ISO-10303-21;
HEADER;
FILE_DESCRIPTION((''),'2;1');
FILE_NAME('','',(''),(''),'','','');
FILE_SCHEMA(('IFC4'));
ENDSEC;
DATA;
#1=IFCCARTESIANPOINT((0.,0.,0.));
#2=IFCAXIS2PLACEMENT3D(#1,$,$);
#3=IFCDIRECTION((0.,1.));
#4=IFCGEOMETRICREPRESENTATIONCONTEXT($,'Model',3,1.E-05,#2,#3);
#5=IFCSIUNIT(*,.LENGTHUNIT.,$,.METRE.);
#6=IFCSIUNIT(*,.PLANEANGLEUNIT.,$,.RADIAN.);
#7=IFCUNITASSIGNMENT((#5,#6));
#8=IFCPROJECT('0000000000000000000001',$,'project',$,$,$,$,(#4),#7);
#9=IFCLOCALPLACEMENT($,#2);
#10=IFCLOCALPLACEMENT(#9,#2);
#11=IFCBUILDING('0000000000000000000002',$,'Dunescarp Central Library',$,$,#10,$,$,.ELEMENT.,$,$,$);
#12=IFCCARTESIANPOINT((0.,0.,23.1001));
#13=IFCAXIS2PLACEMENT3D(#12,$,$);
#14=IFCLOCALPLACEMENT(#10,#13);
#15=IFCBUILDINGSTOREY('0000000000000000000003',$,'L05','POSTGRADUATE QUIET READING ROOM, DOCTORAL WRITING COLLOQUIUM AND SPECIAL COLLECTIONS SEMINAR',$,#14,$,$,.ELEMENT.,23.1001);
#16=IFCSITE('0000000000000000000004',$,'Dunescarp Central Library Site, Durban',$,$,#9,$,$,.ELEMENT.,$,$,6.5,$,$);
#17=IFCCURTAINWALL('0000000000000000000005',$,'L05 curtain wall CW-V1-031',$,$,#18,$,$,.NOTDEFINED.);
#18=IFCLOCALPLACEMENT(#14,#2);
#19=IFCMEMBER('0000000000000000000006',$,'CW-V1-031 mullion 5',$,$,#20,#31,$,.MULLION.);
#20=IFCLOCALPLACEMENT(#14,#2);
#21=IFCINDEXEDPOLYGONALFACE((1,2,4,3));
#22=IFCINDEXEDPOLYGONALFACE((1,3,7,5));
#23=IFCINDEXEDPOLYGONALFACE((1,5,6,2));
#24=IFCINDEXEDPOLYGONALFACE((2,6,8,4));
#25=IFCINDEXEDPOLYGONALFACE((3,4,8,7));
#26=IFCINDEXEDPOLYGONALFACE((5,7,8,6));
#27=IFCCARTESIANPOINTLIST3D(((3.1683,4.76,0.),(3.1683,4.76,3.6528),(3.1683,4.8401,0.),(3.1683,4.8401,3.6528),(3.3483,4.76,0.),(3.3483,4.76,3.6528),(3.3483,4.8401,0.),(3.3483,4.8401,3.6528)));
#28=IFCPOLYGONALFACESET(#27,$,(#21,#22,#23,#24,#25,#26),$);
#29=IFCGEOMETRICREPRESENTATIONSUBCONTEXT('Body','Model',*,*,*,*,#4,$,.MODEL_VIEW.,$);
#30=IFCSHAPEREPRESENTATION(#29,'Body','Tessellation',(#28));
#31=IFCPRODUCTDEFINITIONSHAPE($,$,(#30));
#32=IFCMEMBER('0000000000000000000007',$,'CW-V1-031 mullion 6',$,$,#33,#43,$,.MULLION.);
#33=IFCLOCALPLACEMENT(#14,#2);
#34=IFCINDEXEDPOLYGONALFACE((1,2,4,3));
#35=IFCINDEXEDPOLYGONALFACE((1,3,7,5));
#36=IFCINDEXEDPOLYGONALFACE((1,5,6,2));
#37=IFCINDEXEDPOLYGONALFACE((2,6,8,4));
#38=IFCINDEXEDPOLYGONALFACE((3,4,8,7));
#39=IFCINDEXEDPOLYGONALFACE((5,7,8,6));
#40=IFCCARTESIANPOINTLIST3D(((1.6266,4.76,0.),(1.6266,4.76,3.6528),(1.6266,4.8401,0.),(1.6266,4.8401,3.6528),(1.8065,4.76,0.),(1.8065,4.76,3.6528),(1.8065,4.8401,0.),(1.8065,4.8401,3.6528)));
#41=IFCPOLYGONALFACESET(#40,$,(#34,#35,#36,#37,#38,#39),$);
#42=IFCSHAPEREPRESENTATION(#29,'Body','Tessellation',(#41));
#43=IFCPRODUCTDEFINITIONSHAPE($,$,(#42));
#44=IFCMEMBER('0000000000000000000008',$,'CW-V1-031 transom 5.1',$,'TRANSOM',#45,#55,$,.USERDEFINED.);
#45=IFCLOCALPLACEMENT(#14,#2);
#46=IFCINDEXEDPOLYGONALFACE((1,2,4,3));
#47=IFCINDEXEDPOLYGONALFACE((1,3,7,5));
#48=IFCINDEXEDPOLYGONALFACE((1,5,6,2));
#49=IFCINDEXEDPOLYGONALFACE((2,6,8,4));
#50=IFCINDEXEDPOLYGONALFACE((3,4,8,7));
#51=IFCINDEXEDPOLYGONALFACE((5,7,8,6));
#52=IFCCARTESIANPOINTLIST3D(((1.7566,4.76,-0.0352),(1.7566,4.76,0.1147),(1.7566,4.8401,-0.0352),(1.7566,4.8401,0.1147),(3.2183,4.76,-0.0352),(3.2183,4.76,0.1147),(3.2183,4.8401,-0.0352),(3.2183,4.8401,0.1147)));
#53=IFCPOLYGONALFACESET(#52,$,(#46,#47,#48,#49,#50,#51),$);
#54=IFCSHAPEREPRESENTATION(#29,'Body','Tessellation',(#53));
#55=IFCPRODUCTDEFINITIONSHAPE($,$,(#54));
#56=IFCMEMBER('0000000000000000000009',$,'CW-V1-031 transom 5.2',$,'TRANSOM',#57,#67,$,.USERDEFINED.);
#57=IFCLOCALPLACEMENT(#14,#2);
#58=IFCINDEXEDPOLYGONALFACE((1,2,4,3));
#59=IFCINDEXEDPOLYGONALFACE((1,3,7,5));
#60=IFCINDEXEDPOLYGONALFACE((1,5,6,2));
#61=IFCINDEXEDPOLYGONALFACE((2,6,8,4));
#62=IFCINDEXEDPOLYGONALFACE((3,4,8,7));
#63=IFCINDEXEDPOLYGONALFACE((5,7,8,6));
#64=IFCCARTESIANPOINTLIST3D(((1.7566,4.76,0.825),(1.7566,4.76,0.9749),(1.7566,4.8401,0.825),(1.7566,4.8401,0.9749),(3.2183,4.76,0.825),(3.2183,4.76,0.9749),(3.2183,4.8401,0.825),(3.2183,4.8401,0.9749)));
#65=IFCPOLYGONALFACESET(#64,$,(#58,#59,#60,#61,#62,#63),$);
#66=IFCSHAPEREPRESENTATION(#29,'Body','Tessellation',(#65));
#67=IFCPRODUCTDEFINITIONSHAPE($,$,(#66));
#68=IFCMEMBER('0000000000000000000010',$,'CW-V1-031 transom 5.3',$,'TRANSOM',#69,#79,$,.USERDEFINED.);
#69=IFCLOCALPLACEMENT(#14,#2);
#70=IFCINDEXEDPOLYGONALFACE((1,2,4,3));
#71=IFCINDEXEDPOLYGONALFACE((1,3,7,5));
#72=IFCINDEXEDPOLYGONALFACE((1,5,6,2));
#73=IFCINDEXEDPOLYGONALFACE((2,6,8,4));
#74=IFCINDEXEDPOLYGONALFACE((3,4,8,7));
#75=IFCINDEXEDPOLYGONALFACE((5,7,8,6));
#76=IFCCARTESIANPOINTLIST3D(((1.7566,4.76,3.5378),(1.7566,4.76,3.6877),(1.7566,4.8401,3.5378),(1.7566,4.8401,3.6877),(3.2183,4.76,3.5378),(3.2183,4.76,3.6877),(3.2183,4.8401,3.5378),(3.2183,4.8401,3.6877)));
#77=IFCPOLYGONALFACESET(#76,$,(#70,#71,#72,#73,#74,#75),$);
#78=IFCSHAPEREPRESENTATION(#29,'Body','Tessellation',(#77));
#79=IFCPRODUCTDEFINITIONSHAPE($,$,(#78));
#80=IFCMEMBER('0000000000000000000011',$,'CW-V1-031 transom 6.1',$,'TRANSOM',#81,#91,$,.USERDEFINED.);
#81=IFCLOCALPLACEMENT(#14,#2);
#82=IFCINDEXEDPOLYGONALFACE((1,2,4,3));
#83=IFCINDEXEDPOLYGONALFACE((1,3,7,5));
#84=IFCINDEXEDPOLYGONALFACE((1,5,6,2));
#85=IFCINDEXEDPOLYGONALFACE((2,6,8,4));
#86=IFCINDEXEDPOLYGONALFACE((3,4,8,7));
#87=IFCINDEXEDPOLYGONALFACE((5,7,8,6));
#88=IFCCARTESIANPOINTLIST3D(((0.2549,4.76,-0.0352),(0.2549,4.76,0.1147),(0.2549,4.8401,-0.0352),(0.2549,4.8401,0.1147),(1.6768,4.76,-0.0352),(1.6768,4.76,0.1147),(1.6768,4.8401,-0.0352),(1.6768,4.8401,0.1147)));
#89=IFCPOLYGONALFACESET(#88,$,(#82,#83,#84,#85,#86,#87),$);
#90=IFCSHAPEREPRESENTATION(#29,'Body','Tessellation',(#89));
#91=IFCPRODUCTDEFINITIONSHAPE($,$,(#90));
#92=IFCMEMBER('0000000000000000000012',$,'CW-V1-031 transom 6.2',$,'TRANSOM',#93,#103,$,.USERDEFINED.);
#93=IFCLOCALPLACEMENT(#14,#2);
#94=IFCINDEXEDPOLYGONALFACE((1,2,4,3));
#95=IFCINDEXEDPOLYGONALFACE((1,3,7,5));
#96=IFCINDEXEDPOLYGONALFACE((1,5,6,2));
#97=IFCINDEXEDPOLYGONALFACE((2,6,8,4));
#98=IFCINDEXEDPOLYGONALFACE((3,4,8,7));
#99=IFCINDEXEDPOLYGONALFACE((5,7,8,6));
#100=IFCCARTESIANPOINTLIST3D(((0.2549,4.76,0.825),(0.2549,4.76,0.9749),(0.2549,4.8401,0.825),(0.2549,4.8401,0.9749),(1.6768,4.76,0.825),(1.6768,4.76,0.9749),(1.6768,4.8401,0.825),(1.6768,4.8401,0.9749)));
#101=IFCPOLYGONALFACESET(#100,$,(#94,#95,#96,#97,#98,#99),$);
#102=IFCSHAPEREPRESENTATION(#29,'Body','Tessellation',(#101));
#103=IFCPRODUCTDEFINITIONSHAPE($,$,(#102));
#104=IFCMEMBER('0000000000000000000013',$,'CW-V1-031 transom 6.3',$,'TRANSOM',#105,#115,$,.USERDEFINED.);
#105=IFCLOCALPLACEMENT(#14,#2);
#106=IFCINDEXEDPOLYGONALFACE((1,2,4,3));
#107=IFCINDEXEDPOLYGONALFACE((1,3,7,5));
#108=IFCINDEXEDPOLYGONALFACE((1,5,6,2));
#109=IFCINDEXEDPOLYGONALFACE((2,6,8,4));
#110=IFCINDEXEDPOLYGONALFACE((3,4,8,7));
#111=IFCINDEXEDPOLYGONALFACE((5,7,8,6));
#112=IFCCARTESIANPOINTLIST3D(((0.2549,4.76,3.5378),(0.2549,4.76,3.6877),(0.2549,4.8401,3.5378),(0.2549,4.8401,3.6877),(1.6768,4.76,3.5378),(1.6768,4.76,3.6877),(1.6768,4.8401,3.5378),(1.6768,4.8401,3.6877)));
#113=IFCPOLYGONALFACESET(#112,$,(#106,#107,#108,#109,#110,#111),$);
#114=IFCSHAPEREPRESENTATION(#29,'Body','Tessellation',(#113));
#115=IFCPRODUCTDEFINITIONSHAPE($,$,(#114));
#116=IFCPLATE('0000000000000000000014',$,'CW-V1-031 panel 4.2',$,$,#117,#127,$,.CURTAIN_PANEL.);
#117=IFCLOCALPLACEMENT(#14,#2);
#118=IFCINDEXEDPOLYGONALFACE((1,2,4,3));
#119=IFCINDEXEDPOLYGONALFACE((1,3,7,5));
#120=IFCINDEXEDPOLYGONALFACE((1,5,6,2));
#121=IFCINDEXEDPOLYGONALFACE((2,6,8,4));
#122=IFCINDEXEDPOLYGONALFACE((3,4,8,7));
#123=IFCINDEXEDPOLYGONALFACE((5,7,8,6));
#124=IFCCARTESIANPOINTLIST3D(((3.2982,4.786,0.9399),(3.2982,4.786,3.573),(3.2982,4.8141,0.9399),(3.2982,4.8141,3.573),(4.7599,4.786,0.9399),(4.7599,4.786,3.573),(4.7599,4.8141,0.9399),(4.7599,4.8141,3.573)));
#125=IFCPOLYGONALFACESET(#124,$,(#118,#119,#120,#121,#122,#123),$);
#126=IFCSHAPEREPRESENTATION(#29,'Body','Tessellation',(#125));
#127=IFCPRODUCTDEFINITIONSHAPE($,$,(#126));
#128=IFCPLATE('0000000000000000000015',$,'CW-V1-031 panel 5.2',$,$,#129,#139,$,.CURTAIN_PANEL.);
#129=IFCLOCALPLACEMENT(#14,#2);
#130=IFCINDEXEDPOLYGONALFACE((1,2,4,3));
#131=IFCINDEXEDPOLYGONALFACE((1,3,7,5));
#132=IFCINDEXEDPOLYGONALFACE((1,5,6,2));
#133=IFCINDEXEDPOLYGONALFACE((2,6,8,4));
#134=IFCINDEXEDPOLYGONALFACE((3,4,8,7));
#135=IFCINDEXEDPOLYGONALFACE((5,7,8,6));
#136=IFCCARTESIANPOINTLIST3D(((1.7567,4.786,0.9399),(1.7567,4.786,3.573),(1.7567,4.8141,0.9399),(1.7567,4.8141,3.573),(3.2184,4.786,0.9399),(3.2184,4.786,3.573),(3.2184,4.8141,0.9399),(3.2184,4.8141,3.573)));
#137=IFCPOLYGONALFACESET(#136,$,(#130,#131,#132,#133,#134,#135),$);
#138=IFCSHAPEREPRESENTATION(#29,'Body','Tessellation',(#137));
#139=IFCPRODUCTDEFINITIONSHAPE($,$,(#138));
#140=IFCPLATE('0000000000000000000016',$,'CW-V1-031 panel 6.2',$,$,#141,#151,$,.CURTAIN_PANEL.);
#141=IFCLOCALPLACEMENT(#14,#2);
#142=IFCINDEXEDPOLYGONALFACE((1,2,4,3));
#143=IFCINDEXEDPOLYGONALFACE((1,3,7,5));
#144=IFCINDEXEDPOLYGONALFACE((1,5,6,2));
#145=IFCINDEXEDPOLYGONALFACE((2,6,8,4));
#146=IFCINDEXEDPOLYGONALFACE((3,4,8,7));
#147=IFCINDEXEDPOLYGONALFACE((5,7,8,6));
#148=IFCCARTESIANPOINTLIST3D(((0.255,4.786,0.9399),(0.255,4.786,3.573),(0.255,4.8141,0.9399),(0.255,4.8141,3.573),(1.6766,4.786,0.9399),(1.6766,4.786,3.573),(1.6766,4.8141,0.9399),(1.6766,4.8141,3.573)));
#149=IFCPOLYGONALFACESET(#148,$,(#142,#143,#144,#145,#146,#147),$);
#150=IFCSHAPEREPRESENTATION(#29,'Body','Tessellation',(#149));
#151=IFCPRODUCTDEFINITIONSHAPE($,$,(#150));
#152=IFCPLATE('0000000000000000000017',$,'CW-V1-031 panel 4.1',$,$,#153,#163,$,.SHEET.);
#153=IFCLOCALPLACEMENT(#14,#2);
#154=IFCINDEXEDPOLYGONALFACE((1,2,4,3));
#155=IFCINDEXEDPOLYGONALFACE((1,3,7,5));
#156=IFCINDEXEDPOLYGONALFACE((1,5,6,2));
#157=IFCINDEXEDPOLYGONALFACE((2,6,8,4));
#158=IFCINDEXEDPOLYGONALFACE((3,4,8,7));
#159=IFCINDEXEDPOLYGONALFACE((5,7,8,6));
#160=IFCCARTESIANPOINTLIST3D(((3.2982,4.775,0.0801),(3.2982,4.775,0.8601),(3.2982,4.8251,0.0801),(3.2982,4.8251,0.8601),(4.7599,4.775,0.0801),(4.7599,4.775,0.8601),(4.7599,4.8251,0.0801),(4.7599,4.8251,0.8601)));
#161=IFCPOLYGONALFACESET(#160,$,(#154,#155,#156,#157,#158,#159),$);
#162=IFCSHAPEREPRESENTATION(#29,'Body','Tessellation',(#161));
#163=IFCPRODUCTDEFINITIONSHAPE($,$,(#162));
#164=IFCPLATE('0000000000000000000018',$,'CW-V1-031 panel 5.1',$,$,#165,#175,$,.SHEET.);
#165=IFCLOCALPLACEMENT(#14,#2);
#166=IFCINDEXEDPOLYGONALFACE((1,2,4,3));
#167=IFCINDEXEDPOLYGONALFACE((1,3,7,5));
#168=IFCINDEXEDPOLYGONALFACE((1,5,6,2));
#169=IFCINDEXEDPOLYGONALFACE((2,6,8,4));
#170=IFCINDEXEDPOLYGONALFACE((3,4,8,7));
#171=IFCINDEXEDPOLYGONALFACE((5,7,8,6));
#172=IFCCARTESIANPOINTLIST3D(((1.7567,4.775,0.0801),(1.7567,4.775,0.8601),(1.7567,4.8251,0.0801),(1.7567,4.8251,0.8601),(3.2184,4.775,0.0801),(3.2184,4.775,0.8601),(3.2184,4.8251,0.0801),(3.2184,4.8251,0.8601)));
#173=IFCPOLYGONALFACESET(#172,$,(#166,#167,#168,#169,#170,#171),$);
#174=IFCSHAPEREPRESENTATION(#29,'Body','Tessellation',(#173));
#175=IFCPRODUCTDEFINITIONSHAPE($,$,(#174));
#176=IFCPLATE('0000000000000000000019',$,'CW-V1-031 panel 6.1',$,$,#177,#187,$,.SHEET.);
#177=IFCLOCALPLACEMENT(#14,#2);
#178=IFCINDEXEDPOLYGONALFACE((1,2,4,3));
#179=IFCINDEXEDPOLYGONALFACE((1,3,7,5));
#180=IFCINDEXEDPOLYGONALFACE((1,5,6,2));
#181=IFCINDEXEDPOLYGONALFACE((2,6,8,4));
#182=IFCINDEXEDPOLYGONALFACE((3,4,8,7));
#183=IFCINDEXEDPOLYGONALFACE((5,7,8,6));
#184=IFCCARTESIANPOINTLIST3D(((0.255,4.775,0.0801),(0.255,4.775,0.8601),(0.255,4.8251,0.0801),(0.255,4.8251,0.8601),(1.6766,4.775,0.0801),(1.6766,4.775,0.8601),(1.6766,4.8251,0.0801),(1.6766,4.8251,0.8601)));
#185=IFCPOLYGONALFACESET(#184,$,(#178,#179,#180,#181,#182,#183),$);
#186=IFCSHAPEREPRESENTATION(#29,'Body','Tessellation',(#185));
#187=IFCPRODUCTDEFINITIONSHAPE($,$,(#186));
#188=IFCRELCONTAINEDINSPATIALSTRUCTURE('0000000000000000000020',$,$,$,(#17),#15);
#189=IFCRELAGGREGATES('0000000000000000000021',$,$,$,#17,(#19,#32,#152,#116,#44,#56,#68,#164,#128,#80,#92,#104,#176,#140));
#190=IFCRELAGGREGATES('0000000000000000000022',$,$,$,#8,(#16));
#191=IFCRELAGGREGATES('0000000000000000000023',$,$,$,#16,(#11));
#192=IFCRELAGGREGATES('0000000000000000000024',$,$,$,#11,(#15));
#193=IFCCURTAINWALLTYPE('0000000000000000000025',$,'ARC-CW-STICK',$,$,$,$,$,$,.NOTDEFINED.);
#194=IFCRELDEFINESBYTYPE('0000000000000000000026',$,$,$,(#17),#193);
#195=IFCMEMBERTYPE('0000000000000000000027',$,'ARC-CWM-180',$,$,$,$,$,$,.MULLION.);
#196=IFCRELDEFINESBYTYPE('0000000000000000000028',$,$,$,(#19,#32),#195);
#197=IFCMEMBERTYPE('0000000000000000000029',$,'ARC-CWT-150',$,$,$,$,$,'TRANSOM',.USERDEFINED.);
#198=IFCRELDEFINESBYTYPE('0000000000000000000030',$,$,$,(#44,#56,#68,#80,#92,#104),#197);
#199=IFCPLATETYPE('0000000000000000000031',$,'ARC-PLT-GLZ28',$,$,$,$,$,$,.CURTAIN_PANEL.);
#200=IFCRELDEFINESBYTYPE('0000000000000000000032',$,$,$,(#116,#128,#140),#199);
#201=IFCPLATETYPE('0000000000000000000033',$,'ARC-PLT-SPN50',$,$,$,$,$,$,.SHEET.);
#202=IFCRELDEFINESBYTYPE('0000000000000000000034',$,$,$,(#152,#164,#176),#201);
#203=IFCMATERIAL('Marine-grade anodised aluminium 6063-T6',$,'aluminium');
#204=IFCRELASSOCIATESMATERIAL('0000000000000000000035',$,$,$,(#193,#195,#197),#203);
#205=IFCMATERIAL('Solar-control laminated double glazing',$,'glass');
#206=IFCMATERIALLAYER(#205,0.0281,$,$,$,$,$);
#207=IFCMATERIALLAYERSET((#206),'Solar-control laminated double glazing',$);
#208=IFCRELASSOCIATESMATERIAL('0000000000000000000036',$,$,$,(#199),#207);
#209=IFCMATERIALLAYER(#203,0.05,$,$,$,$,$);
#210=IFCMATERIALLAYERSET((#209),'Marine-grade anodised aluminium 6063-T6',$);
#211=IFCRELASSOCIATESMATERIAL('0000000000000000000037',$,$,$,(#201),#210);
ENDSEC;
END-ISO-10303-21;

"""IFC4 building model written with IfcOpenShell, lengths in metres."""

from ifc_helpers import new_model, si_unit, direction, frame, origin, origin_2d, place, context, subcontext, project, spatial, rectangle, extrude, material, layer, layer_set, material_profile, profile_set, type_object, element, aggregate, save


model = new_model("IFC4")

# Units and contexts
model_context = context("Model", 3, precision=1e-05, world=origin(), true_north=direction((0.0, 1.0)))
body_context = subcontext(model_context, "Body", "Model", "MODEL_VIEW")
ifc_project = project(units=[si_unit("LENGTHUNIT", "METRE"), si_unit("PLANEANGLEUNIT", "RADIAN")], contexts=[model_context])

# Site, building, storey
site_placement = place(None, origin())
site = spatial("IfcSite", under=ifc_project, at=site_placement, Name="Dunescarp Central Library Site, Durban", CompositionType="ELEMENT", RefElevation=6.5)
building_placement = place(site_placement, origin())
building = spatial("IfcBuilding", under=site, at=building_placement, Name="Dunescarp Central Library", CompositionType="ELEMENT")
storey_placement = place(building_placement, frame((0.0, 0.0, 23.1001)))
storey = spatial("IfcBuildingStorey", under=building, at=storey_placement, Name="L05", Description="POSTGRADUATE QUIET READING ROOM, DOCTORAL WRITING COLLOQUIUM AND SPECIAL COLLECTIONS SEMINAR", CompositionType="ELEMENT", Elevation=23.1001)

# Curtain wall, members, plates
ifc_material_1 = material(Name="Marine-grade anodised aluminium 6063-T6", Category="aluminium")
curtain_wall_type = type_object("IfcCurtainWallType", Name="ARC-CW-STICK", PredefinedType="NOTDEFINED", material=ifc_material_1)
curtain_wall_placement = place(storey_placement, origin())
curtain_wall = element("IfcCurtainWall", 1, at=curtain_wall_placement, inside=storey, type_object=curtain_wall_type, Name="L05 curtain wall CW-V1-031", PredefinedType="NOTDEFINED")
ifc_material_profile_1 = material_profile(ifc_material_1, rectangle(XDim=0.0801, YDim=0.1799, at=origin_2d()), Name="AL 80x180")
ifc_profile_set_1 = profile_set([ifc_material_profile_1], Name="Marine-grade anodised aluminium 6063-T6")
member_type_1 = type_object("IfcMemberType", Name="ARC-CWM-180", PredefinedType="MULLION", material=ifc_profile_set_1)
member_1_placement = place(storey_placement, frame((3.2583, 4.8, 0.0), z_axis=(0.0, 0.0, 1.0), x_axis=(0.0, -1.0, 0.0)))
member_1 = element("IfcMember", 2, at=member_1_placement, type_object=member_type_1, Name="CW-V1-031 mullion 5", PredefinedType="MULLION", context=body_context, shape_type="SweptSolid", body=[
    extrude(rectangle(XDim=0.0801, YDim=0.1799, at=origin_2d()), origin(), (0.0, 0.0, 1.0), 3.6528),
])
member_2_placement = place(storey_placement, frame((1.7166, 4.8, 0.0), z_axis=(0.0, 0.0, 1.0), x_axis=(0.0, -1.0, 0.0)))
member_2 = element("IfcMember", 3, at=member_2_placement, type_object=member_type_1, Name="CW-V1-031 mullion 6", PredefinedType="MULLION", context=body_context, shape_type="SweptSolid", body=[
    extrude(rectangle(XDim=0.0801, YDim=0.1799, at=origin_2d()), origin(), (0.0, 0.0, 1.0), 3.6528),
])
ifc_material_profile_2 = material_profile(ifc_material_1, rectangle(XDim=0.0801, YDim=0.1499, at=origin_2d()), Name="AL 80x150")
ifc_profile_set_2 = profile_set([ifc_material_profile_2], Name="Marine-grade anodised aluminium 6063-T6")
member_type_2 = type_object("IfcMemberType", Name="ARC-CWT-150", ElementType="TRANSOM", PredefinedType="USERDEFINED", material=ifc_profile_set_2)
member_3_placement = place(storey_placement, frame((3.2183, 4.8, 0.0398), z_axis=(-1.0, 0.0, 0.0), x_axis=(0.0, -1.0, 0.0)))
member_3 = element("IfcMember", 4, at=member_3_placement, type_object=member_type_2, Name="CW-V1-031 transom 5.1", ObjectType="TRANSOM", PredefinedType="USERDEFINED", context=body_context, shape_type="SweptSolid", body=[
    extrude(rectangle(XDim=0.0801, YDim=0.1499, at=origin_2d()), origin(), (0.0, 0.0, 1.0), 1.4617),
])
member_4_placement = place(storey_placement, frame((3.2183, 4.8, 0.8999), z_axis=(-1.0, 0.0, 0.0), x_axis=(0.0, -1.0, 0.0)))
member_4 = element("IfcMember", 5, at=member_4_placement, type_object=member_type_2, Name="CW-V1-031 transom 5.2", ObjectType="TRANSOM", PredefinedType="USERDEFINED", context=body_context, shape_type="SweptSolid", body=[
    extrude(rectangle(XDim=0.0801, YDim=0.1499, at=origin_2d()), origin(), (0.0, 0.0, 1.0), 1.4617),
])
member_5_placement = place(storey_placement, frame((3.2183, 4.8, 3.6128), z_axis=(-1.0, 0.0, 0.0), x_axis=(0.0, -1.0, 0.0)))
member_5 = element("IfcMember", 6, at=member_5_placement, type_object=member_type_2, Name="CW-V1-031 transom 5.3", ObjectType="TRANSOM", PredefinedType="USERDEFINED", context=body_context, shape_type="SweptSolid", body=[
    extrude(rectangle(XDim=0.0801, YDim=0.1499, at=origin_2d()), origin(), (0.0, 0.0, 1.0), 1.4617),
])
member_6_placement = place(storey_placement, frame((1.6768, 4.8, 0.0398), z_axis=(-1.0, 0.0, 0.0), x_axis=(0.0, -1.0, 0.0)))
member_6 = element("IfcMember", 7, at=member_6_placement, type_object=member_type_2, Name="CW-V1-031 transom 6.1", ObjectType="TRANSOM", PredefinedType="USERDEFINED", context=body_context, shape_type="SweptSolid", body=[
    extrude(rectangle(XDim=0.0801, YDim=0.1499, at=origin_2d()), origin(), (0.0, 0.0, 1.0), 1.4219),
])
member_7_placement = place(storey_placement, frame((1.6768, 4.8, 0.8999), z_axis=(-1.0, 0.0, 0.0), x_axis=(0.0, -1.0, 0.0)))
member_7 = element("IfcMember", 8, at=member_7_placement, type_object=member_type_2, Name="CW-V1-031 transom 6.2", ObjectType="TRANSOM", PredefinedType="USERDEFINED", context=body_context, shape_type="SweptSolid", body=[
    extrude(rectangle(XDim=0.0801, YDim=0.1499, at=origin_2d()), origin(), (0.0, 0.0, 1.0), 1.4219),
])
member_8_placement = place(storey_placement, frame((1.6768, 4.8, 3.6128), z_axis=(-1.0, 0.0, 0.0), x_axis=(0.0, -1.0, 0.0)))
member_8 = element("IfcMember", 9, at=member_8_placement, type_object=member_type_2, Name="CW-V1-031 transom 6.3", ObjectType="TRANSOM", PredefinedType="USERDEFINED", context=body_context, shape_type="SweptSolid", body=[
    extrude(rectangle(XDim=0.0801, YDim=0.1499, at=origin_2d()), origin(), (0.0, 0.0, 1.0), 1.4219),
])
ifc_material_2 = material(Name="Solar-control laminated double glazing", Category="glass")
ifc_layer_1 = layer(ifc_material_2, 0.0281)
ifc_layer_set_1 = layer_set([ifc_layer_1], Name="Solar-control laminated double glazing")
plate_type_1 = type_object("IfcPlateType", Name="ARC-PLT-GLZ28", PredefinedType="CURTAIN_PANEL", material=ifc_layer_set_1)
plate_1_placement = place(storey_placement, frame((4.0291, 4.8, 0.9399), z_axis=(0.0, 0.0, 1.0), x_axis=(-1.0, 0.0, 0.0)))
plate_1 = element("IfcPlate", 10, at=plate_1_placement, type_object=plate_type_1, Name="CW-V1-031 panel 4.2", PredefinedType="CURTAIN_PANEL", context=body_context, shape_type="SweptSolid", body=[
    extrude(rectangle(XDim=1.4617, YDim=0.0281, at=origin_2d()), origin(), (0.0, 0.0, 1.0), 2.6331),
])
plate_2_placement = place(storey_placement, frame((2.4875, 4.8, 0.9399), z_axis=(0.0, 0.0, 1.0), x_axis=(-1.0, 0.0, 0.0)))
plate_2 = element("IfcPlate", 11, at=plate_2_placement, type_object=plate_type_1, Name="CW-V1-031 panel 5.2", PredefinedType="CURTAIN_PANEL", context=body_context, shape_type="SweptSolid", body=[
    extrude(rectangle(XDim=1.4617, YDim=0.0281, at=origin_2d()), origin(), (0.0, 0.0, 1.0), 2.6331),
])
plate_3_placement = place(storey_placement, frame((0.9658, 4.8, 0.9399), z_axis=(0.0, 0.0, 1.0), x_axis=(-1.0, 0.0, 0.0)))
plate_3 = element("IfcPlate", 12, at=plate_3_placement, type_object=plate_type_1, Name="CW-V1-031 panel 6.2", PredefinedType="CURTAIN_PANEL", context=body_context, shape_type="SweptSolid", body=[
    extrude(rectangle(XDim=1.4216, YDim=0.0281, at=origin_2d()), origin(), (0.0, 0.0, 1.0), 2.6331),
])
ifc_layer_2 = layer(ifc_material_1, 0.05)
ifc_layer_set_2 = layer_set([ifc_layer_2], Name="Marine-grade anodised aluminium 6063-T6")
plate_type_2 = type_object("IfcPlateType", Name="ARC-PLT-SPN50", PredefinedType="SHEET", material=ifc_layer_set_2)
plate_4_placement = place(storey_placement, frame((4.0291, 4.8, 0.0801), z_axis=(0.0, 0.0, 1.0), x_axis=(-1.0, 0.0, 0.0)))
plate_4 = element("IfcPlate", 13, at=plate_4_placement, type_object=plate_type_2, Name="CW-V1-031 panel 4.1", PredefinedType="SHEET", context=body_context, shape_type="SweptSolid", body=[
    extrude(rectangle(XDim=1.4617, YDim=0.05, at=origin_2d()), origin(), (0.0, 0.0, 1.0), 0.78),
])
plate_5_placement = place(storey_placement, frame((2.4875, 4.8, 0.0801), z_axis=(0.0, 0.0, 1.0), x_axis=(-1.0, 0.0, 0.0)))
plate_5 = element("IfcPlate", 14, at=plate_5_placement, type_object=plate_type_2, Name="CW-V1-031 panel 5.1", PredefinedType="SHEET", context=body_context, shape_type="SweptSolid", body=[
    extrude(rectangle(XDim=1.4617, YDim=0.05, at=origin_2d()), origin(), (0.0, 0.0, 1.0), 0.78),
])
plate_6_placement = place(storey_placement, frame((0.9658, 4.8, 0.0801), z_axis=(0.0, 0.0, 1.0), x_axis=(-1.0, 0.0, 0.0)))
plate_6 = element("IfcPlate", 15, at=plate_6_placement, type_object=plate_type_2, Name="CW-V1-031 panel 6.1", PredefinedType="SHEET", context=body_context, shape_type="SweptSolid", body=[
    extrude(rectangle(XDim=1.4216, YDim=0.05, at=origin_2d()), origin(), (0.0, 0.0, 1.0), 0.78),
])
aggregate(curtain_wall, [member_1, member_2, plate_4, plate_1, member_3, member_4, member_5, plate_5, plate_2, member_6, member_7, member_8, plate_6, plate_3])

save(model, "model.ifc")
